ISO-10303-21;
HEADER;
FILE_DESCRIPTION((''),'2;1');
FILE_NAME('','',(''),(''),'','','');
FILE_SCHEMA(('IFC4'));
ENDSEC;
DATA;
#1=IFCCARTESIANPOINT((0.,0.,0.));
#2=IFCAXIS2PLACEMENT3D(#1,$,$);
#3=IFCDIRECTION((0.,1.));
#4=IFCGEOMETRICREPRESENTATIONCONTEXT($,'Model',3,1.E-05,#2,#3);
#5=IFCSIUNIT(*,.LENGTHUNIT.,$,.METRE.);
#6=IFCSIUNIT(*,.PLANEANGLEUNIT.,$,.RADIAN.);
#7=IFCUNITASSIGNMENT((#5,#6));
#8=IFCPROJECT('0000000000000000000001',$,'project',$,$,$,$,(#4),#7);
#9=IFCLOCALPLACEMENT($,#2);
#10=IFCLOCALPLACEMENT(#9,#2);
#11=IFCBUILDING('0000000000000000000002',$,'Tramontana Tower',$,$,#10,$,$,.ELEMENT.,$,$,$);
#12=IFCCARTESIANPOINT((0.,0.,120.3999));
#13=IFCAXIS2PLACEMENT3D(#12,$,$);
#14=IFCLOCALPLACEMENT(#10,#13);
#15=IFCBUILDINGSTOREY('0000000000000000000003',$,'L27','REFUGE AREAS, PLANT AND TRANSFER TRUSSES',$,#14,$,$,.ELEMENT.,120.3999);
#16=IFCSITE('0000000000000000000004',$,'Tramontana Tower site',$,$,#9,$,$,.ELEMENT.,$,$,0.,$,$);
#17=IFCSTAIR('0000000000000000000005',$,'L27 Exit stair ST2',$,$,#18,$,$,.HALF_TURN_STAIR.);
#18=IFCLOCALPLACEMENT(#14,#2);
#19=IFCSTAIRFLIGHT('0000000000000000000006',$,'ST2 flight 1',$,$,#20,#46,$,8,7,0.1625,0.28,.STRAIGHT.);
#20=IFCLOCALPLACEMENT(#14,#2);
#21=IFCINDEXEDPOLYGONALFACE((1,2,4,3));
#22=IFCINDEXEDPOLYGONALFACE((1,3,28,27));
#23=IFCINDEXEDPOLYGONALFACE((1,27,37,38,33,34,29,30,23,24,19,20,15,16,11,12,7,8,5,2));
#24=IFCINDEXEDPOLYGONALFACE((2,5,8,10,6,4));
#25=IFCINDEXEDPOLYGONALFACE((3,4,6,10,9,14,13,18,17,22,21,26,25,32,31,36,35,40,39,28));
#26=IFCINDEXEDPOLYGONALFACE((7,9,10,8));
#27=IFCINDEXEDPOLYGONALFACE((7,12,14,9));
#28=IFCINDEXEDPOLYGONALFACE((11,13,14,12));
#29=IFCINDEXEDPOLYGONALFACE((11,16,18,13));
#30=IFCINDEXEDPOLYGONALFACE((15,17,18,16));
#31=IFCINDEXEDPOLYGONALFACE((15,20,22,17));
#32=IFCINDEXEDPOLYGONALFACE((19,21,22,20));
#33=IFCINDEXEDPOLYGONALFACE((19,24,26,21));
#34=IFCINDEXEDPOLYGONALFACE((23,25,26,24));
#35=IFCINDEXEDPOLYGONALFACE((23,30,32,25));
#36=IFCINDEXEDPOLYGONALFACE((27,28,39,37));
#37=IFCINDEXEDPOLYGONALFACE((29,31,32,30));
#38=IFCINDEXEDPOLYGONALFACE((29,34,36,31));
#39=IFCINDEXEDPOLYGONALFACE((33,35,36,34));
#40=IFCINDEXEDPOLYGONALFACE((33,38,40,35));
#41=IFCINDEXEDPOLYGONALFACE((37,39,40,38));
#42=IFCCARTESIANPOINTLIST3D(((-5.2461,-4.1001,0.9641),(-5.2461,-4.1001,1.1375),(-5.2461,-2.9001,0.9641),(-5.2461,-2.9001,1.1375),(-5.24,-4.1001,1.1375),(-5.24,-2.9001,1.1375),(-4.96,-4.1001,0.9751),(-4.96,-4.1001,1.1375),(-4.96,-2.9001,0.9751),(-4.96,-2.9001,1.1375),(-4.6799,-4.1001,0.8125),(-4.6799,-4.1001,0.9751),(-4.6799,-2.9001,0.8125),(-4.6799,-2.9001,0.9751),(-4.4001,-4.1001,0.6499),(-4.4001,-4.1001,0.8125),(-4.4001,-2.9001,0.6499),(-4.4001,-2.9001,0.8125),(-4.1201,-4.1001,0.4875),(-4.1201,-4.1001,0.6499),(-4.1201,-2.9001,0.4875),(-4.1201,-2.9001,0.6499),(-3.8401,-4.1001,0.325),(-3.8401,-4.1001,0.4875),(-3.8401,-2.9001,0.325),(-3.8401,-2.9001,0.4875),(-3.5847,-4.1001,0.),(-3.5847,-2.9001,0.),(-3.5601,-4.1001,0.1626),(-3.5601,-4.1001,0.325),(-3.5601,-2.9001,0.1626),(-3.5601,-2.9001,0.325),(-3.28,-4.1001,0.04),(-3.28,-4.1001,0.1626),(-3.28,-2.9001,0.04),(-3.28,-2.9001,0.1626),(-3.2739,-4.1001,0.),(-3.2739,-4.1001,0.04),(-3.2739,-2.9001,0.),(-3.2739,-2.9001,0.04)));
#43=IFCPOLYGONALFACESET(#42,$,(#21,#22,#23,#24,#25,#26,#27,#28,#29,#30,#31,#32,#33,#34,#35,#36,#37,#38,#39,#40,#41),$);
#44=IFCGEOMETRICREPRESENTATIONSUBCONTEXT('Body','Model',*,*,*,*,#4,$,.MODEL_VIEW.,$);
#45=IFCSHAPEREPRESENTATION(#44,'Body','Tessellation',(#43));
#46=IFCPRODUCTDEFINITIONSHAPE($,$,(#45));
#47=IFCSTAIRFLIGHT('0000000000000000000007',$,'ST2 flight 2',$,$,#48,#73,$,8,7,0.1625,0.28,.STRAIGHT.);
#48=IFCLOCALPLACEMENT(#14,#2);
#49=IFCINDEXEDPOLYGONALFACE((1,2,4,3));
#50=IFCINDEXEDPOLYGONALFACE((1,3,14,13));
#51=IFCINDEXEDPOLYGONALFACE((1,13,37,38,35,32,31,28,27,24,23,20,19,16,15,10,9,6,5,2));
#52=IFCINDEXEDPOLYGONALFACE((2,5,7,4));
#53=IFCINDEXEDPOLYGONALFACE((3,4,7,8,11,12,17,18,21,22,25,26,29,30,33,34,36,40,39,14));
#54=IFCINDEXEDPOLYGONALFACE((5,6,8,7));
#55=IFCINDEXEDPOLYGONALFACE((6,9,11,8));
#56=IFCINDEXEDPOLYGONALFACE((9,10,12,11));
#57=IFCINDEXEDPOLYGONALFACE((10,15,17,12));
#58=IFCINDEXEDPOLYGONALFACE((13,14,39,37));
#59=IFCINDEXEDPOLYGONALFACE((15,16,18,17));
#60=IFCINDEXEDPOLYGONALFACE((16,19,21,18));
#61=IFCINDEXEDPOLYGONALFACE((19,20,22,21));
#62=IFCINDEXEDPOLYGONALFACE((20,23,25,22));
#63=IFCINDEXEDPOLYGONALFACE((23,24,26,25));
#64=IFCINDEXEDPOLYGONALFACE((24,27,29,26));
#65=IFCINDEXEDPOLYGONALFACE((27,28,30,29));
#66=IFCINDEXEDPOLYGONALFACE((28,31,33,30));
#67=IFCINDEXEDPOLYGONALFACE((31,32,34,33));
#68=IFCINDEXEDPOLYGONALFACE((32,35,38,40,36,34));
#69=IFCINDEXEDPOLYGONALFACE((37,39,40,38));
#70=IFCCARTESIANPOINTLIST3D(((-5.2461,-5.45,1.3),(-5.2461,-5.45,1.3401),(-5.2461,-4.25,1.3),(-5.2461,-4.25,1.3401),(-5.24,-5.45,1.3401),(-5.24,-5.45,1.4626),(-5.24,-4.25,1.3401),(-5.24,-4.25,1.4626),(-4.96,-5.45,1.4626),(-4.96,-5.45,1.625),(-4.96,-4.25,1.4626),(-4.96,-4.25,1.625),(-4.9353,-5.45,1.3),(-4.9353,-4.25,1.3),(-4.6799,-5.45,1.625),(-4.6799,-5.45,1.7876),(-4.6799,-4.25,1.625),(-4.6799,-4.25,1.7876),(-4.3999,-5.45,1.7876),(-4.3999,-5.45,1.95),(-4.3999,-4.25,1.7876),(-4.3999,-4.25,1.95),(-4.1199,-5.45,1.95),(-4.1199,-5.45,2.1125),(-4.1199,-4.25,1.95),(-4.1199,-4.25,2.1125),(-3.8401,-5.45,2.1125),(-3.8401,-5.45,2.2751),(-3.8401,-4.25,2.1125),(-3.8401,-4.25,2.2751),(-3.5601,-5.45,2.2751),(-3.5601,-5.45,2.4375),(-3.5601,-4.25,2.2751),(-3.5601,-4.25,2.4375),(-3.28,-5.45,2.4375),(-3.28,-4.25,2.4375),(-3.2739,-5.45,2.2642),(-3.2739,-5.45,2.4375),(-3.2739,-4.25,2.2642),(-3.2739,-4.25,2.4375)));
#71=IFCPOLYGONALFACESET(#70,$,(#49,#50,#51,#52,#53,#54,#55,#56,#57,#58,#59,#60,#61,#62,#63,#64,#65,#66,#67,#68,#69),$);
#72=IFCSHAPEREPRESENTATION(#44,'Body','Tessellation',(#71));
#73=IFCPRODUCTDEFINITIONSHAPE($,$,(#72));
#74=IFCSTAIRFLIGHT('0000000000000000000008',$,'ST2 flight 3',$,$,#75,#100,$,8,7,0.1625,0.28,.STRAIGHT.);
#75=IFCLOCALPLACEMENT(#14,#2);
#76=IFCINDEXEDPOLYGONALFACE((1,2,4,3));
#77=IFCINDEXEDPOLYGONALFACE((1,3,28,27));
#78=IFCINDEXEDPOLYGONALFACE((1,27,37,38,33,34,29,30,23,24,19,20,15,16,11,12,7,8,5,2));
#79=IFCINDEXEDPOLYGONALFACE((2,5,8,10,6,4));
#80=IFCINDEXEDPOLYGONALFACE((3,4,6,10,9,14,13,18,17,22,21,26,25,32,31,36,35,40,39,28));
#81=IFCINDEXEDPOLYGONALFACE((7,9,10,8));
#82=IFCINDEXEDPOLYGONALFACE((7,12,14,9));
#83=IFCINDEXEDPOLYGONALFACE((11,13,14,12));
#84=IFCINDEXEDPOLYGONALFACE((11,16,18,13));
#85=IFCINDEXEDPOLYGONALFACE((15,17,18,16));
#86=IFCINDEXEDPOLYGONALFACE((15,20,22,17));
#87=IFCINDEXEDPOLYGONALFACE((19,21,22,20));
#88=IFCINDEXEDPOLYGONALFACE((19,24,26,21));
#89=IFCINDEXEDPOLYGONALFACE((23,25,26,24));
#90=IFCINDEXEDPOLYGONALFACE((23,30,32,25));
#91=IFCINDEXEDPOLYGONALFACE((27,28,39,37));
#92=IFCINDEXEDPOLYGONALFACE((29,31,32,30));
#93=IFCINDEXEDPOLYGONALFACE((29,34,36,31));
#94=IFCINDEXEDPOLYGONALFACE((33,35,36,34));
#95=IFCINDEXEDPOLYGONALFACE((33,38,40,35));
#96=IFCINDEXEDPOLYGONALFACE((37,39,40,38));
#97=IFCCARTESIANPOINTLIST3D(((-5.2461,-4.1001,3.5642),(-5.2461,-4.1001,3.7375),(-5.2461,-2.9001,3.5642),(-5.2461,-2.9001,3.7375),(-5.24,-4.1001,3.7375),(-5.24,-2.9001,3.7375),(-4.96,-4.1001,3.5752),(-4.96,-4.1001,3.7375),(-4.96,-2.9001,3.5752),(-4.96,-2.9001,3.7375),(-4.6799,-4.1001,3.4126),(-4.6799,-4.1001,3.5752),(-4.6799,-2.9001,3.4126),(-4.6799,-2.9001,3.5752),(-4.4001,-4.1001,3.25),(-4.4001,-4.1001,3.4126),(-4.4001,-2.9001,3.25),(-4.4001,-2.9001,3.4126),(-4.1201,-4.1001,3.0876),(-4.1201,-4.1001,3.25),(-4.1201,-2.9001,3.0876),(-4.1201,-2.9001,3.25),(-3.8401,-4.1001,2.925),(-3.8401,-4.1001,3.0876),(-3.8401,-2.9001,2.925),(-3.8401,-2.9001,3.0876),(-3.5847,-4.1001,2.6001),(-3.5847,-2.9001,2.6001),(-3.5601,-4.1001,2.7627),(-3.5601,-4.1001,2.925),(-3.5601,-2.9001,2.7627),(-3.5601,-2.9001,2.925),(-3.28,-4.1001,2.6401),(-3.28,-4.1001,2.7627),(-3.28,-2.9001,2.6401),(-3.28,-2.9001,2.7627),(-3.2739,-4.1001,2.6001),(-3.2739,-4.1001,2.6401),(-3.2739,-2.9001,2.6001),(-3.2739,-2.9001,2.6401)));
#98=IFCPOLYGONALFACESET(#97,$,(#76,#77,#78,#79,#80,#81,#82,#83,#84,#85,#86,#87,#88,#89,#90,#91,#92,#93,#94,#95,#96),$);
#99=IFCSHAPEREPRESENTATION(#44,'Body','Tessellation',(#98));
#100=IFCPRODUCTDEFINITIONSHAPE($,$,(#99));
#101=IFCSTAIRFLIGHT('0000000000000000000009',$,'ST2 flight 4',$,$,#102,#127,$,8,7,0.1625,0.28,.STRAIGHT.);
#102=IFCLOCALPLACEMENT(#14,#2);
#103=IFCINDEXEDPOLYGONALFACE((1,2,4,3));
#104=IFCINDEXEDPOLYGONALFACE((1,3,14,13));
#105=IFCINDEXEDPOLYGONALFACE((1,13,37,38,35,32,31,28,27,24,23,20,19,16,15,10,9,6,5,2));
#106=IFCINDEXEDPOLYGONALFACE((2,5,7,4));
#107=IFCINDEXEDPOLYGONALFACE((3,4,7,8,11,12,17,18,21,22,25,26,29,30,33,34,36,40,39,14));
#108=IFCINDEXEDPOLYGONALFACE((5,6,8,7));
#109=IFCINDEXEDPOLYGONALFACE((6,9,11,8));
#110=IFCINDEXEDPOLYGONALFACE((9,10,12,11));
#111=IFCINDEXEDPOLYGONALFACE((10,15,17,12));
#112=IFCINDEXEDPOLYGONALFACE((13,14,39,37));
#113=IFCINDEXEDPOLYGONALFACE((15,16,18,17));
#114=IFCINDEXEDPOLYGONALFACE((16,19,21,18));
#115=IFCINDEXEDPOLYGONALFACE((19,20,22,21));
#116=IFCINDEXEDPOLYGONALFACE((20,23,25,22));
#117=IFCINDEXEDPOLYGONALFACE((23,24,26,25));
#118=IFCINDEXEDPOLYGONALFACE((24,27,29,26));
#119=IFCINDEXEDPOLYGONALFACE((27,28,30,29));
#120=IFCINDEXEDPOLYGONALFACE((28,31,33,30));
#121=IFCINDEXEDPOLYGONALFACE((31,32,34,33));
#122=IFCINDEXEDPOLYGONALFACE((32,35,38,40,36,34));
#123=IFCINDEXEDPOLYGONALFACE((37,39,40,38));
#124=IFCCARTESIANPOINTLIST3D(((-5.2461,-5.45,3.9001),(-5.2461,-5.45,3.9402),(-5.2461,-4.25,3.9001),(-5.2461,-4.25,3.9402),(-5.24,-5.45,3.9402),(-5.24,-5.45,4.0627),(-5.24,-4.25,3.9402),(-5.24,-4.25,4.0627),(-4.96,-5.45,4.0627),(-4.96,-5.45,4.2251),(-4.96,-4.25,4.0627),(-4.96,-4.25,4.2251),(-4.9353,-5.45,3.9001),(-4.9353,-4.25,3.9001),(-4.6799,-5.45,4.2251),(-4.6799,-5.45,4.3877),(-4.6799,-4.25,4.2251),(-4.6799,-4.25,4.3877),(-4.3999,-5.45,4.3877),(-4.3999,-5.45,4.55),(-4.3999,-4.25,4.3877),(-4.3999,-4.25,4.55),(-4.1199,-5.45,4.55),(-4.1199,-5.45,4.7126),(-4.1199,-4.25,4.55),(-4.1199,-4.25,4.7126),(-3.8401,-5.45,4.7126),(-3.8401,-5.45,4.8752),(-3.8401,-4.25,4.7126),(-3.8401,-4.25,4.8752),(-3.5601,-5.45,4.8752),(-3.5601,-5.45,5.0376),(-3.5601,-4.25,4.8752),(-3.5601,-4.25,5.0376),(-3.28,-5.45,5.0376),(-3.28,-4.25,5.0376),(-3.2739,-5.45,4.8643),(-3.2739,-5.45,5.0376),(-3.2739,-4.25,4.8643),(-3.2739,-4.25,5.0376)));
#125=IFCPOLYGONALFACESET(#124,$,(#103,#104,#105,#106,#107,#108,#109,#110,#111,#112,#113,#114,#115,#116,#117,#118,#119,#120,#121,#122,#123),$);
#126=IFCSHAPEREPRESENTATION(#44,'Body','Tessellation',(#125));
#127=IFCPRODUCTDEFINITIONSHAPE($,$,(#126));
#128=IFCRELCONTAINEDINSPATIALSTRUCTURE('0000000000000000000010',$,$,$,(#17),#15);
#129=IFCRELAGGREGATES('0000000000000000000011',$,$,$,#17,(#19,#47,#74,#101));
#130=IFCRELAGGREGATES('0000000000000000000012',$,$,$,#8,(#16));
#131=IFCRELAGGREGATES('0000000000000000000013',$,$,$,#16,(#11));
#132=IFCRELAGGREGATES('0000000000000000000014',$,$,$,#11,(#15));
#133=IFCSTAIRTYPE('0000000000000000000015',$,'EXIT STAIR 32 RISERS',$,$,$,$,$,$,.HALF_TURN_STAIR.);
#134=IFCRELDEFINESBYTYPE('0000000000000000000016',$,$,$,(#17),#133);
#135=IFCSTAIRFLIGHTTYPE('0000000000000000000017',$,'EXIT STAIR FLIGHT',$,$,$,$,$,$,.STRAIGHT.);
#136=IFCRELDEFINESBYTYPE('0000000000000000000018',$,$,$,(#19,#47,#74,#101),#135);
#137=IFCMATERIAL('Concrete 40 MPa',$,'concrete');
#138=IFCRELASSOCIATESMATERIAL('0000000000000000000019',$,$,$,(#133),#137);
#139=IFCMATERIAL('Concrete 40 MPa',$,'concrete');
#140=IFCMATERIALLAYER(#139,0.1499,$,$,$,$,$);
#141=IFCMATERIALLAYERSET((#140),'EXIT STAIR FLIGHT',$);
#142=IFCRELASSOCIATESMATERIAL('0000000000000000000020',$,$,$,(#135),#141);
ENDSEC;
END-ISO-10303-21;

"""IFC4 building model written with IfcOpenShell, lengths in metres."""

from ifc_helpers import new_model, si_unit, direction, frame, origin, place, context, subcontext, project, spatial, polyline, outline, extrude, material, layer, layer_set, type_object, element, aggregate, save


model = new_model("IFC4")

# Units and contexts
model_context = context("Model", 3, precision=1e-05, world=origin(), true_north=direction((0.0, 1.0)))
body_context = subcontext(model_context, "Body", "Model", "MODEL_VIEW")
ifc_project = project(units=[si_unit("LENGTHUNIT", "METRE"), si_unit("PLANEANGLEUNIT", "RADIAN")], contexts=[model_context])

# Site, building, storey
site_placement = place(None, origin())
site = spatial("IfcSite", under=ifc_project, at=site_placement, Name="Tramontana Tower site", CompositionType="ELEMENT", RefElevation=0.0)
building_placement = place(site_placement, origin())
building = spatial("IfcBuilding", under=site, at=building_placement, Name="Tramontana Tower", CompositionType="ELEMENT")
storey_placement = place(building_placement, frame((0.0, 0.0, 120.3999)))
storey = spatial("IfcBuildingStorey", under=building, at=storey_placement, Name="L27", Description="REFUGE AREAS, PLANT AND TRANSFER TRUSSES", CompositionType="ELEMENT", Elevation=120.3999)

# Stair, stair flights
ifc_material_1 = material(Name="Concrete 40 MPa", Category="concrete")
stair_type = type_object("IfcStairType", Name="EXIT STAIR 32 RISERS", PredefinedType="HALF_TURN_STAIR", material=ifc_material_1)
stair_placement = place(storey_placement, origin())
stair = element("IfcStair", 1, at=stair_placement, inside=storey, type_object=stair_type, Name="L27 Exit stair ST2", PredefinedType="HALF_TURN_STAIR")
ifc_material_2 = material(Name="Concrete 40 MPa", Category="concrete")
ifc_layer_1 = layer(ifc_material_2, 0.1499)
ifc_layer_set_1 = layer_set([ifc_layer_1], Name="EXIT STAIR FLIGHT")
stair_flight_type = type_object("IfcStairFlightType", Name="EXIT STAIR FLIGHT", PredefinedType="STRAIGHT", material=ifc_layer_set_1)
stair_flight_1_placement = place(storey_placement, frame((-3.28, -3.5, 0.0), z_axis=(0.0, 0.0, 1.0), x_axis=(-1.0, 0.0, 0.0)))
stair_flight_1 = element("IfcStairFlight", 2, at=stair_flight_1_placement, type_object=stair_flight_type, Name="ST2 flight 1", NumberOfRisers=8, NumberOfTreads=7, PredefinedType="STRAIGHT", RiserHeight=0.1625, TreadLength=0.28, context=body_context, shape_type="SweptSolid", body=[
    extrude(outline(polyline([(-0.0061, 0.0), (-0.0061, 0.04), (0.0, 0.04), (0.0, 0.1626), (0.28, 0.1626), (0.28, 0.325), (0.5601, 0.325), (0.5601, 0.4875), (0.8401, 0.4875), (0.8401, 0.6499), (1.1201, 0.6499), (1.1201, 0.8125), (1.3999, 0.8125), (1.3999, 0.9751), (1.6799, 0.9751), (1.6799, 1.1375), (1.96, 1.1375), (1.9661, 1.1375), (1.9661, 0.9641), (0.3047, 0.0), (-0.0061, 0.0)])), frame((0.0, 0.6001, 0.0), z_axis=(0.0, -1.0, 0.0), x_axis=(1.0, 0.0, 0.0)), (0.0, 0.0, 1.0), 1.2),
])
stair_flight_2_placement = place(storey_placement, frame((-5.24, -4.8501, 1.3), z_axis=(0.0, 0.0, 1.0), x_axis=(1.0, 0.0, 0.0)))
stair_flight_2 = element("IfcStairFlight", 3, at=stair_flight_2_placement, type_object=stair_flight_type, Name="ST2 flight 2", NumberOfRisers=8, NumberOfTreads=7, PredefinedType="STRAIGHT", RiserHeight=0.1625, TreadLength=0.28, context=body_context, shape_type="SweptSolid", body=[
    extrude(outline(polyline([(-0.0061, 0.0), (-0.0061, 0.04), (0.0, 0.04), (0.0, 0.1626), (0.28, 0.1626), (0.28, 0.325), (0.5601, 0.325), (0.5601, 0.4875), (0.8401, 0.4875), (0.8401, 0.6499), (1.1201, 0.6499), (1.1201, 0.8125), (1.3999, 0.8125), (1.3999, 0.9751), (1.6799, 0.9751), (1.6799, 1.1375), (1.96, 1.1375), (1.9661, 1.1375), (1.9661, 0.9641), (0.3047, 0.0), (-0.0061, 0.0)])), frame((0.0, 0.6001, 0.0), z_axis=(0.0, -1.0, 0.0), x_axis=(1.0, 0.0, 0.0)), (0.0, 0.0, 1.0), 1.2),
])
stair_flight_3_placement = place(storey_placement, frame((-3.28, -3.5, 2.6001), z_axis=(0.0, 0.0, 1.0), x_axis=(-1.0, 0.0, 0.0)))
stair_flight_3 = element("IfcStairFlight", 4, at=stair_flight_3_placement, type_object=stair_flight_type, Name="ST2 flight 3", NumberOfRisers=8, NumberOfTreads=7, PredefinedType="STRAIGHT", RiserHeight=0.1625, TreadLength=0.28, context=body_context, shape_type="SweptSolid", body=[
    extrude(outline(polyline([(-0.0061, 0.0), (-0.0061, 0.04), (0.0, 0.04), (0.0, 0.1626), (0.28, 0.1626), (0.28, 0.325), (0.5601, 0.325), (0.5601, 0.4875), (0.8401, 0.4875), (0.8401, 0.6499), (1.1201, 0.6499), (1.1201, 0.8125), (1.3999, 0.8125), (1.3999, 0.9751), (1.6799, 0.9751), (1.6799, 1.1375), (1.96, 1.1375), (1.9661, 1.1375), (1.9661, 0.9641), (0.3047, 0.0), (-0.0061, 0.0)])), frame((0.0, 0.6001, 0.0), z_axis=(0.0, -1.0, 0.0), x_axis=(1.0, 0.0, 0.0)), (0.0, 0.0, 1.0), 1.2),
])
stair_flight_4_placement = place(storey_placement, frame((-5.24, -4.8501, 3.9001), z_axis=(0.0, 0.0, 1.0), x_axis=(1.0, 0.0, 0.0)))
stair_flight_4 = element("IfcStairFlight", 5, at=stair_flight_4_placement, type_object=stair_flight_type, Name="ST2 flight 4", NumberOfRisers=8, NumberOfTreads=7, PredefinedType="STRAIGHT", RiserHeight=0.1625, TreadLength=0.28, context=body_context, shape_type="SweptSolid", body=[
    extrude(outline(polyline([(-0.0061, 0.0), (-0.0061, 0.04), (0.0, 0.04), (0.0, 0.1626), (0.28, 0.1626), (0.28, 0.325), (0.5601, 0.325), (0.5601, 0.4875), (0.8401, 0.4875), (0.8401, 0.6499), (1.1201, 0.6499), (1.1201, 0.8125), (1.3999, 0.8125), (1.3999, 0.9751), (1.6799, 0.9751), (1.6799, 1.1375), (1.96, 1.1375), (1.9661, 1.1375), (1.9661, 0.9641), (0.3047, 0.0), (-0.0061, 0.0)])), frame((0.0, 0.6001, 0.0), z_axis=(0.0, -1.0, 0.0), x_axis=(1.0, 0.0, 0.0)), (0.0, 0.0, 1.0), 1.2),
])
aggregate(stair, [stair_flight_1, stair_flight_2, stair_flight_3, stair_flight_4])

save(model, "model.ifc")
